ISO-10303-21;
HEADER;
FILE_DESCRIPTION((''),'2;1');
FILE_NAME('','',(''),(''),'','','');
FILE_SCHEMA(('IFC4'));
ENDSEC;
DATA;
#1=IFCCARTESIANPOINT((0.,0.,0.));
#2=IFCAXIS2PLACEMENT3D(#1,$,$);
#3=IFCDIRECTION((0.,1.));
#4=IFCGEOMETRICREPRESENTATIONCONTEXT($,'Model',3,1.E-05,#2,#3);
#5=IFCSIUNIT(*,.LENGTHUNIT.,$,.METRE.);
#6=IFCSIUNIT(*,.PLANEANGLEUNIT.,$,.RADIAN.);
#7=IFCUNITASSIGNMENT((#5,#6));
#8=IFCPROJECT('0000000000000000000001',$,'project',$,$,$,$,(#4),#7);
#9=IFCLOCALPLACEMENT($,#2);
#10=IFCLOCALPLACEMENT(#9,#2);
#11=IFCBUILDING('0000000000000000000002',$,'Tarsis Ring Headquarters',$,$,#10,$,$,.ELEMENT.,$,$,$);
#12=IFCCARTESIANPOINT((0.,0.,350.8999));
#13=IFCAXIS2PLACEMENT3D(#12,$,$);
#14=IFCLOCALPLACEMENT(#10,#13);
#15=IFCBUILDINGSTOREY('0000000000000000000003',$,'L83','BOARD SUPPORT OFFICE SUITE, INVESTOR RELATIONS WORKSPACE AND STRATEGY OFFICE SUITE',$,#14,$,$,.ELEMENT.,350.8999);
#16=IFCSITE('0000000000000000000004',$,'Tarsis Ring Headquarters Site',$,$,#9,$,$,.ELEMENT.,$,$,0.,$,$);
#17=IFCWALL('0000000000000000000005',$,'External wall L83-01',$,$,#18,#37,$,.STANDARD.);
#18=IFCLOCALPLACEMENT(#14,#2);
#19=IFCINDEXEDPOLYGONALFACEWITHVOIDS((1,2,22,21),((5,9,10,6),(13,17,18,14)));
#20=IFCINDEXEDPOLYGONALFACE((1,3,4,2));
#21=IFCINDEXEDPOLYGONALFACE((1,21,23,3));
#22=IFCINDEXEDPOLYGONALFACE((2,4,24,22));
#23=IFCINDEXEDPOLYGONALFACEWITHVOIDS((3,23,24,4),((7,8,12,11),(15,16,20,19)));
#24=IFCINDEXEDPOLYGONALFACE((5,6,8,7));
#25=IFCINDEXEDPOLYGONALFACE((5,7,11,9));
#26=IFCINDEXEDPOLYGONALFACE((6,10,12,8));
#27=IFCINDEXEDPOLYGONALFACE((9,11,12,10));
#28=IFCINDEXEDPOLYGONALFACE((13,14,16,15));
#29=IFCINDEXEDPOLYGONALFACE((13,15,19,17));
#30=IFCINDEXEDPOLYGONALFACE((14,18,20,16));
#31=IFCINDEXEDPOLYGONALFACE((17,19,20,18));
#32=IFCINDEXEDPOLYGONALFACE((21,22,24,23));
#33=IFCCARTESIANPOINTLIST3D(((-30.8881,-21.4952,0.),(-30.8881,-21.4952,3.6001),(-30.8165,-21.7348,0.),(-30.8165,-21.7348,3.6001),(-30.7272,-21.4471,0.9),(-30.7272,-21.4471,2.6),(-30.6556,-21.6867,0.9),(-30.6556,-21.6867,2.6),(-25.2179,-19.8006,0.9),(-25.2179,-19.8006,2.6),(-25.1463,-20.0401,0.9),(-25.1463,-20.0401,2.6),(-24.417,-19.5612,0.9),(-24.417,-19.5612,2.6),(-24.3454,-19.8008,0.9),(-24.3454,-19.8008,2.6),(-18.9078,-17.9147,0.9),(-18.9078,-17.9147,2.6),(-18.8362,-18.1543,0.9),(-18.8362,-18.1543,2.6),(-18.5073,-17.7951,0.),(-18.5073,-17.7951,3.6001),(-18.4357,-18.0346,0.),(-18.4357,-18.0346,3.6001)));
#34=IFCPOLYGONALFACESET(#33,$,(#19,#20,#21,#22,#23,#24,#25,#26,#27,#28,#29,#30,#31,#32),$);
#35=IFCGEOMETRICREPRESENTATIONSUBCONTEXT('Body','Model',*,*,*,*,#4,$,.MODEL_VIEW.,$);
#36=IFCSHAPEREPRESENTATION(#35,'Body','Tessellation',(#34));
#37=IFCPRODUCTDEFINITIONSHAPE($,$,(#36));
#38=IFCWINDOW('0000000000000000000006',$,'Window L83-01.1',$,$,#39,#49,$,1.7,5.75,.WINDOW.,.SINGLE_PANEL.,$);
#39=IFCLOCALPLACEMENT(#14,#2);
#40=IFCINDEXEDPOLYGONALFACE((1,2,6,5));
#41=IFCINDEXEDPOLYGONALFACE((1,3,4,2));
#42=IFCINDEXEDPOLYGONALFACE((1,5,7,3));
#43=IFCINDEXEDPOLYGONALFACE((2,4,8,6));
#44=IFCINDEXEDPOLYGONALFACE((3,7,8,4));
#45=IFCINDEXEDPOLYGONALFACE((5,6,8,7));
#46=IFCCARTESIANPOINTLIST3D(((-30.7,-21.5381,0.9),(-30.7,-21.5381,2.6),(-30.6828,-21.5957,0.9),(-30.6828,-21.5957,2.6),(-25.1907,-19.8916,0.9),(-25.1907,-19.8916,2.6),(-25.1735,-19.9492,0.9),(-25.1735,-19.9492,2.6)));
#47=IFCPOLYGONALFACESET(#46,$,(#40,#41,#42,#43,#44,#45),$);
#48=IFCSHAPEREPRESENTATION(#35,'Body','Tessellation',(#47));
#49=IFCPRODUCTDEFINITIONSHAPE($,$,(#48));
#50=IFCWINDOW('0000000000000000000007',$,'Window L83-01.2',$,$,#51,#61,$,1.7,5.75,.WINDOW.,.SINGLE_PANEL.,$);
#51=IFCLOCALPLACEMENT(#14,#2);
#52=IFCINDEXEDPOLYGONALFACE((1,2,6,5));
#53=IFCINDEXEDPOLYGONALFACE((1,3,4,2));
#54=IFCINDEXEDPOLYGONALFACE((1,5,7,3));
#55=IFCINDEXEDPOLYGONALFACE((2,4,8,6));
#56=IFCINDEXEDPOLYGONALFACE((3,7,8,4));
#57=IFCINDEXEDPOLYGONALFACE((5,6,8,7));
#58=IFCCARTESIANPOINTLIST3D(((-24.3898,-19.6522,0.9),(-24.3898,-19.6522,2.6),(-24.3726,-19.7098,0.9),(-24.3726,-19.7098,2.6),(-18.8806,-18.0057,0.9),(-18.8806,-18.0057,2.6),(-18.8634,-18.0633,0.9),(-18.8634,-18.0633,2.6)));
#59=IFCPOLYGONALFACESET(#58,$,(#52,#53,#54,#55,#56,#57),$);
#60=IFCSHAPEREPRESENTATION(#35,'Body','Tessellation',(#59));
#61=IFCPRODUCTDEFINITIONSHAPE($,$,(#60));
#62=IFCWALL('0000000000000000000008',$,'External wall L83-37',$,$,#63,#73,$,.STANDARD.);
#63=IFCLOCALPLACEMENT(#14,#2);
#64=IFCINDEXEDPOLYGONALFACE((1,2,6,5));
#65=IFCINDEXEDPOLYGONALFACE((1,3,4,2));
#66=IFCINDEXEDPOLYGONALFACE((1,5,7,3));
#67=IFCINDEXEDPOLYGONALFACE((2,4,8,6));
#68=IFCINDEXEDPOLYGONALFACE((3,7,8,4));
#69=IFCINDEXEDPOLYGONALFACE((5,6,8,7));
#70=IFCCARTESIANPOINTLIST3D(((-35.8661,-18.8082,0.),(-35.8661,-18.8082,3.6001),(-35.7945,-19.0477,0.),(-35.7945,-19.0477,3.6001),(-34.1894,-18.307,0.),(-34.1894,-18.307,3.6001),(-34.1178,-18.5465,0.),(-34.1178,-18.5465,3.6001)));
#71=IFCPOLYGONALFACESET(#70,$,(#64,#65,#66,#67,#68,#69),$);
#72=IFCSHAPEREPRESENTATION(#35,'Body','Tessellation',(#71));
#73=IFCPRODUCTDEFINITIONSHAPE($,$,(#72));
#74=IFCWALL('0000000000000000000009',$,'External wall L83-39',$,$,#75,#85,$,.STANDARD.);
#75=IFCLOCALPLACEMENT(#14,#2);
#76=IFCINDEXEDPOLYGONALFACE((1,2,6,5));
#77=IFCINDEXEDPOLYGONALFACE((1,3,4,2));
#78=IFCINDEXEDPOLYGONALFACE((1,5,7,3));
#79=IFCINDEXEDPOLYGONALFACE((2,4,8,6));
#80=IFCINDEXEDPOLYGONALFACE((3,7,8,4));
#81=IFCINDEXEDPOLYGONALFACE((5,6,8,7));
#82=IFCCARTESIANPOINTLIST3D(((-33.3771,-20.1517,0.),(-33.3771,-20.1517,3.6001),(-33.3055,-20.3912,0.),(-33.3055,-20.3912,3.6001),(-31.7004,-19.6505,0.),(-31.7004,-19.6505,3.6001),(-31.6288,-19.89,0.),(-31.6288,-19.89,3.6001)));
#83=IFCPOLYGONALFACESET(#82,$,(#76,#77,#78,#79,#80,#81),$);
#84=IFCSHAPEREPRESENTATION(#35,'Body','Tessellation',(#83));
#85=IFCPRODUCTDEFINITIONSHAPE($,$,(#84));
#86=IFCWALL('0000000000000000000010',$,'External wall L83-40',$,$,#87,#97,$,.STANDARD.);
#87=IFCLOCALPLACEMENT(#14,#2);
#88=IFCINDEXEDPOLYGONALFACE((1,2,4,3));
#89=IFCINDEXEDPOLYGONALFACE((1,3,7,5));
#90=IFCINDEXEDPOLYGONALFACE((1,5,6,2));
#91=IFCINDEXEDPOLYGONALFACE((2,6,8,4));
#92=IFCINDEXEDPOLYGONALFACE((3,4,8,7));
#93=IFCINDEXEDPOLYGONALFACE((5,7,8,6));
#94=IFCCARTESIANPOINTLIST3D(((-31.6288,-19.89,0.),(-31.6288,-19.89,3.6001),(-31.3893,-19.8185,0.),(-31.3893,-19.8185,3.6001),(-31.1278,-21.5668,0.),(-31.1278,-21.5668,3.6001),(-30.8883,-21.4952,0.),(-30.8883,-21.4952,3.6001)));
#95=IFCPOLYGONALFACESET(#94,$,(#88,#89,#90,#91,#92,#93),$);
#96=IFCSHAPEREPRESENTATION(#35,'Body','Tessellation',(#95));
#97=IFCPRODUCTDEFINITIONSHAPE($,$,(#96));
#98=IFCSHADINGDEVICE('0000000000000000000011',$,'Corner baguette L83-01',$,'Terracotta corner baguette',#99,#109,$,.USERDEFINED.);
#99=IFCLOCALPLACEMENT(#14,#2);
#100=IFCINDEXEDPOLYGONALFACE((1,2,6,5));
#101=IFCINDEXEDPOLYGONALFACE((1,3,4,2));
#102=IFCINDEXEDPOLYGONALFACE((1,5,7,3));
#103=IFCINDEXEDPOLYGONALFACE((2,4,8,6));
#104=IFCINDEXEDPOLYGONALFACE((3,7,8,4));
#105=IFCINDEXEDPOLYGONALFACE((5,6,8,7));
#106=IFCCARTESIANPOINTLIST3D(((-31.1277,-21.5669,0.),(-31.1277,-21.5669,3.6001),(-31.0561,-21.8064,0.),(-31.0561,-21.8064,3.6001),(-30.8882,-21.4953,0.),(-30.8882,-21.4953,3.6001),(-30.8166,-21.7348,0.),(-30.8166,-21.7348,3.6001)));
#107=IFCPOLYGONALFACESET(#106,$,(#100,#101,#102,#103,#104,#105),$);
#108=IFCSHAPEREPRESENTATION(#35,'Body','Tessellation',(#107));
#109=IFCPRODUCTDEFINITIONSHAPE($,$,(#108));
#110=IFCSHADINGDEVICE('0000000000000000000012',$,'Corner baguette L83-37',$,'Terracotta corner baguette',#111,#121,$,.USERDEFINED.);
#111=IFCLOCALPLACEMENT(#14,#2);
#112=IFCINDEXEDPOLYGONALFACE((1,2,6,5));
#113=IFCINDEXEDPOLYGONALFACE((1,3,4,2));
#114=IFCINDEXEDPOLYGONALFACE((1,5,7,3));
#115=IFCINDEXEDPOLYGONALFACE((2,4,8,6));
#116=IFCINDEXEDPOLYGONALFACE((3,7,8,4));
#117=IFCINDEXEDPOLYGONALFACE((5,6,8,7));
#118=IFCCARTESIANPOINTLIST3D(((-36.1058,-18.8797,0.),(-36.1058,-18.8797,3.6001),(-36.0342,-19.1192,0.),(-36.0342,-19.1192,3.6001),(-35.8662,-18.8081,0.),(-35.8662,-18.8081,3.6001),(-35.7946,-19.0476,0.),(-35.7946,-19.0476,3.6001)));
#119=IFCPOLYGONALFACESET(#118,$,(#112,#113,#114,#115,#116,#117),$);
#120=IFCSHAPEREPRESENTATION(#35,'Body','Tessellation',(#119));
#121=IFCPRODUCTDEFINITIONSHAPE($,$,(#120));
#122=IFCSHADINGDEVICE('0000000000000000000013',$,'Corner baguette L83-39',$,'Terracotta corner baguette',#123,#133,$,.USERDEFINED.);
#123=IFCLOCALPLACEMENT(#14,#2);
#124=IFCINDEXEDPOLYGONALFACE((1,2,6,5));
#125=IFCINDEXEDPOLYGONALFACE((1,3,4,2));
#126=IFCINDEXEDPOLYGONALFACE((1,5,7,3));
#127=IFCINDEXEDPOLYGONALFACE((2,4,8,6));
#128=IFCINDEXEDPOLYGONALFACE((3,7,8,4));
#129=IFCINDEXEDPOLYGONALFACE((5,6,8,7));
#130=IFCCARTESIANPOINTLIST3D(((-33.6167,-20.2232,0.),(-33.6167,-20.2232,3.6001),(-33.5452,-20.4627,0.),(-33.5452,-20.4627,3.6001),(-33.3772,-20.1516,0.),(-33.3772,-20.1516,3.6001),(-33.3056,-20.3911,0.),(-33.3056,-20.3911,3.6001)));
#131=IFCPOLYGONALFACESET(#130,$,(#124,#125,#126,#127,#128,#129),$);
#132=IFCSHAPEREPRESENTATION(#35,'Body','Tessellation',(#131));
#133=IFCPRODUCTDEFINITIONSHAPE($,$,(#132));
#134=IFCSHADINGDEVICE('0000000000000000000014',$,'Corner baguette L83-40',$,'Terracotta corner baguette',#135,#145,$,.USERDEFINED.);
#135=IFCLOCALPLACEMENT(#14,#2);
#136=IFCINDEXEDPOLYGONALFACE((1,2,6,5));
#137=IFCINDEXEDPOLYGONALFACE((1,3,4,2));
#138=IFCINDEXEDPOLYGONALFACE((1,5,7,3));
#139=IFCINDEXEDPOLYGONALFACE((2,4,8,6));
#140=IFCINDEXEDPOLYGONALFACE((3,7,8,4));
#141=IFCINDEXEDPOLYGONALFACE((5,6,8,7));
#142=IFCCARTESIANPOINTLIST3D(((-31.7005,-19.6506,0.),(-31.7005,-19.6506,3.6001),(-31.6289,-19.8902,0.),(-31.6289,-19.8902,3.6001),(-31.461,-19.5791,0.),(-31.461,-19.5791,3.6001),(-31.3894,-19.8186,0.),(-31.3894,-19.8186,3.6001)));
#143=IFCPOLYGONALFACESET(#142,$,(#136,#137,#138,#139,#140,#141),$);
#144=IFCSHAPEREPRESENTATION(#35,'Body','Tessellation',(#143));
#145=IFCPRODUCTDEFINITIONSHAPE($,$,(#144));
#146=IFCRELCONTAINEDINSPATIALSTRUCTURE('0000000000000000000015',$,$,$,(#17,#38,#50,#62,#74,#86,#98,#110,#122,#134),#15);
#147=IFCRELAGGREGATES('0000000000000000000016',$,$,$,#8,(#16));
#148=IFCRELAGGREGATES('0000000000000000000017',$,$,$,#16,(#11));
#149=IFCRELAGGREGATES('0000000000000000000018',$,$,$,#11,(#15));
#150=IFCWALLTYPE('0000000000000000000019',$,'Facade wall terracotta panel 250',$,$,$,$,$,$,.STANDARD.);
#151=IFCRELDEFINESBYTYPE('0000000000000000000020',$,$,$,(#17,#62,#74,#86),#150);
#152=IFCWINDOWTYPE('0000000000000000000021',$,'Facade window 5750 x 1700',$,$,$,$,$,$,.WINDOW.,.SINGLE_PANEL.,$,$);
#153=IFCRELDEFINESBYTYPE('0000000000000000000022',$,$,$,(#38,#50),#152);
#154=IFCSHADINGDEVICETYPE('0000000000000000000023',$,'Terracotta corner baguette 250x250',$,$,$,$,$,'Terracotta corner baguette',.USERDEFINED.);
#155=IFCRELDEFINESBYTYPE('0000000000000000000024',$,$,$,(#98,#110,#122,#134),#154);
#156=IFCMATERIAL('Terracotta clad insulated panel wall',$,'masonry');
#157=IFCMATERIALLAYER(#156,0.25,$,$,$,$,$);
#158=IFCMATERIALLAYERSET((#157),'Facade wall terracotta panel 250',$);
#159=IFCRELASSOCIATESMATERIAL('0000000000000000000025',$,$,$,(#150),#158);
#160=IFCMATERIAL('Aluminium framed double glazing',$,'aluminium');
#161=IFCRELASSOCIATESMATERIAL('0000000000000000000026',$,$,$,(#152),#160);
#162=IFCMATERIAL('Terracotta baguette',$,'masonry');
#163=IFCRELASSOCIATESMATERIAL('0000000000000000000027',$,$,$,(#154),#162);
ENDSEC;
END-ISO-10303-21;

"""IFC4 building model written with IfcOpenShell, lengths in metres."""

from ifc_helpers import new_model, si_unit, direction, frame, frame_2d, origin, origin_2d, place, context, subcontext, project, spatial, rectangle, extrude, material, layer, layer_set, type_object, element, fill, save


model = new_model("IFC4")

# Units and contexts
model_context = context("Model", 3, precision=1e-05, world=origin(), true_north=direction((0.0, 1.0)))
body_context = subcontext(model_context, "Body", "Model", "MODEL_VIEW")
ifc_project = project(units=[si_unit("LENGTHUNIT", "METRE"), si_unit("PLANEANGLEUNIT", "RADIAN")], contexts=[model_context])

# Site, building, storey
site_placement = place(None, origin())
site = spatial("IfcSite", under=ifc_project, at=site_placement, Name="Tarsis Ring Headquarters Site", CompositionType="ELEMENT", RefElevation=0.0)
building_placement = place(site_placement, origin())
building = spatial("IfcBuilding", under=site, at=building_placement, Name="Tarsis Ring Headquarters", CompositionType="ELEMENT")
storey_placement = place(building_placement, frame((0.0, 0.0, 350.8999)))
storey = spatial("IfcBuildingStorey", under=building, at=storey_placement, Name="L83", Description="BOARD SUPPORT OFFICE SUITE, INVESTOR RELATIONS WORKSPACE AND STRATEGY OFFICE SUITE", CompositionType="ELEMENT", Elevation=350.8999)

# Wall, openings, windows
ifc_material_1 = material(Name="Terracotta clad insulated panel wall", Category="masonry")
ifc_layer = layer(ifc_material_1, 0.25)
ifc_layer_set = layer_set([ifc_layer], Name="Facade wall terracotta panel 250")
wall_type = type_object("IfcWallType", Name="Facade wall terracotta panel 250", PredefinedType="STANDARD", material=ifc_layer_set)
wall_placement = place(storey_placement, frame((-30.8523, -21.615, 0.0), z_axis=(0.0, 0.0, 1.0), x_axis=(0.958125, 0.286349, 0.0)))
wall = element("IfcWall", 1, at=wall_placement, inside=storey, type_object=wall_type, Name="External wall L83-01", PredefinedType="STANDARD", context=body_context, shape_type="SweptSolid", body=[
    extrude(rectangle(XDim=12.9219, YDim=0.25, at=frame_2d((6.4609, 0.0))), origin(), (0.0, 0.0, 1.0), 3.6001),
])
opening_1_placement = place(wall_placement, frame((0.168, 0.0, 0.8999)))
opening_1 = element("IfcOpeningElement", 2, at=opening_1_placement, cuts=wall, PredefinedType="OPENING", context=body_context, shape_type="SweptSolid", body=[
    extrude(rectangle(XDim=5.75, YDim=1.7, at=frame_2d((2.875, 0.8501))), frame((0.0, 0.135, 0.0), z_axis=(0.0, -1.0, 0.0), x_axis=(1.0, 0.0, 0.0)), (0.0, 0.0, 1.0), 0.27),
])
opening_2_placement = place(wall_placement, frame((6.7539, 0.0, 0.8999)))
opening_2 = element("IfcOpeningElement", 3, at=opening_2_placement, cuts=wall, PredefinedType="OPENING", context=body_context, shape_type="SweptSolid", body=[
    extrude(rectangle(XDim=5.75, YDim=1.7, at=frame_2d((2.875, 0.8501))), frame((0.0, 0.135, 0.0), z_axis=(0.0, -1.0, 0.0), x_axis=(1.0, 0.0, 0.0)), (0.0, 0.0, 1.0), 0.27),
])
ifc_material_2 = material(Name="Aluminium framed double glazing", Category="aluminium")
window_type = type_object("IfcWindowType", Name="Facade window 5750 x 1700", PartitioningType="SINGLE_PANEL", PredefinedType="WINDOW", material=ifc_material_2)
window_1_placement = place(opening_1_placement, origin())
window_1 = element("IfcWindow", 4, at=window_1_placement, inside=storey, type_object=window_type, Name="Window L83-01.1", OverallHeight=1.7, OverallWidth=5.75, PartitioningType="SINGLE_PANEL", PredefinedType="WINDOW", context=body_context, shape_type="SweptSolid", body=[
    extrude(rectangle(XDim=5.75, YDim=1.7, at=frame_2d((2.875, 0.8501))), frame((0.0, 0.03, 0.0), z_axis=(0.0, -1.0, 0.0), x_axis=(1.0, 0.0, 0.0)), (0.0, 0.0, 1.0), 0.0601),
])
fill(opening_1, window_1)
window_2_placement = place(opening_2_placement, origin())
window_2 = element("IfcWindow", 5, at=window_2_placement, inside=storey, type_object=window_type, Name="Window L83-01.2", OverallHeight=1.7, OverallWidth=5.75, PartitioningType="SINGLE_PANEL", PredefinedType="WINDOW", context=body_context, shape_type="SweptSolid", body=[
    extrude(rectangle(XDim=5.75, YDim=1.7, at=frame_2d((2.875, 0.8501))), frame((0.0, 0.03, 0.0), z_axis=(0.0, -1.0, 0.0), x_axis=(1.0, 0.0, 0.0)), (0.0, 0.0, 1.0), 0.0601),
])
fill(opening_2, window_2)

# Walls
for number, where, z_axis, x_axis, name in (
    (6, (-35.8303, -18.928, 0.0), (0.0, 0.0, 1.0), (0.95811, 0.286401, 0.0), "External wall L83-37"),
    (7, (-33.3413, -20.2715, 0.0), (0.0, 0.0, 1.0), (0.95811, 0.286401, 0.0), "External wall L83-39"),
    (8, (-31.509, -19.8542, 0.0), (0.0, 0.0, 1.0), (0.286273, -0.958148, 0.0), "External wall L83-40"),
):
    element("IfcWall", number, at=place(storey_placement, frame(where, z_axis=z_axis, x_axis=x_axis)), inside=storey, type_object=wall_type, Name=name, PredefinedType="STANDARD", context=body_context, shape_type="SweptSolid", body=[
        extrude(rectangle(XDim=1.75, YDim=0.25, at=frame_2d((0.875, 0.0))), origin(), (0.0, 0.0, 1.0), 3.6001),
    ])

# Shading devices
ifc_material_3 = material(Name="Terracotta baguette", Category="masonry")
shading_device_type = type_object("IfcShadingDeviceType", Name="Terracotta corner baguette 250x250", ElementType="Terracotta corner baguette", PredefinedType="USERDEFINED", material=ifc_material_3)
for number, where, z_axis, x_axis, name in (
    (9, (-30.9722, -21.6509, 0.0), (0.0, 0.0, 1.0), (0.286357, -0.958123, 0.0), "Corner baguette L83-01"),
    (10, (-35.9502, -18.9636, 0.0), (0.0, 0.0, 1.0), (0.286357, -0.958123, 0.0), "Corner baguette L83-37"),
    (11, (-33.4612, -20.3071, 0.0), (0.0, 0.0, 1.0), (0.286357, -0.958123, 0.0), "Corner baguette L83-39"),
    (12, (-31.5449, -19.7346, 0.0), (0.0, 0.0, 1.0), (0.958123, 0.286357, 0.0), "Corner baguette L83-40"),
):
    element("IfcShadingDevice", number, at=place(storey_placement, frame(where, z_axis=z_axis, x_axis=x_axis)), inside=storey, type_object=shading_device_type, Name=name, ObjectType="Terracotta corner baguette", PredefinedType="USERDEFINED", context=body_context, shape_type="SweptSolid", body=[
        extrude(rectangle(XDim=0.25, YDim=0.25, at=origin_2d()), origin(), (0.0, 0.0, 1.0), 3.6001),
    ])

save(model, "model.ifc")
